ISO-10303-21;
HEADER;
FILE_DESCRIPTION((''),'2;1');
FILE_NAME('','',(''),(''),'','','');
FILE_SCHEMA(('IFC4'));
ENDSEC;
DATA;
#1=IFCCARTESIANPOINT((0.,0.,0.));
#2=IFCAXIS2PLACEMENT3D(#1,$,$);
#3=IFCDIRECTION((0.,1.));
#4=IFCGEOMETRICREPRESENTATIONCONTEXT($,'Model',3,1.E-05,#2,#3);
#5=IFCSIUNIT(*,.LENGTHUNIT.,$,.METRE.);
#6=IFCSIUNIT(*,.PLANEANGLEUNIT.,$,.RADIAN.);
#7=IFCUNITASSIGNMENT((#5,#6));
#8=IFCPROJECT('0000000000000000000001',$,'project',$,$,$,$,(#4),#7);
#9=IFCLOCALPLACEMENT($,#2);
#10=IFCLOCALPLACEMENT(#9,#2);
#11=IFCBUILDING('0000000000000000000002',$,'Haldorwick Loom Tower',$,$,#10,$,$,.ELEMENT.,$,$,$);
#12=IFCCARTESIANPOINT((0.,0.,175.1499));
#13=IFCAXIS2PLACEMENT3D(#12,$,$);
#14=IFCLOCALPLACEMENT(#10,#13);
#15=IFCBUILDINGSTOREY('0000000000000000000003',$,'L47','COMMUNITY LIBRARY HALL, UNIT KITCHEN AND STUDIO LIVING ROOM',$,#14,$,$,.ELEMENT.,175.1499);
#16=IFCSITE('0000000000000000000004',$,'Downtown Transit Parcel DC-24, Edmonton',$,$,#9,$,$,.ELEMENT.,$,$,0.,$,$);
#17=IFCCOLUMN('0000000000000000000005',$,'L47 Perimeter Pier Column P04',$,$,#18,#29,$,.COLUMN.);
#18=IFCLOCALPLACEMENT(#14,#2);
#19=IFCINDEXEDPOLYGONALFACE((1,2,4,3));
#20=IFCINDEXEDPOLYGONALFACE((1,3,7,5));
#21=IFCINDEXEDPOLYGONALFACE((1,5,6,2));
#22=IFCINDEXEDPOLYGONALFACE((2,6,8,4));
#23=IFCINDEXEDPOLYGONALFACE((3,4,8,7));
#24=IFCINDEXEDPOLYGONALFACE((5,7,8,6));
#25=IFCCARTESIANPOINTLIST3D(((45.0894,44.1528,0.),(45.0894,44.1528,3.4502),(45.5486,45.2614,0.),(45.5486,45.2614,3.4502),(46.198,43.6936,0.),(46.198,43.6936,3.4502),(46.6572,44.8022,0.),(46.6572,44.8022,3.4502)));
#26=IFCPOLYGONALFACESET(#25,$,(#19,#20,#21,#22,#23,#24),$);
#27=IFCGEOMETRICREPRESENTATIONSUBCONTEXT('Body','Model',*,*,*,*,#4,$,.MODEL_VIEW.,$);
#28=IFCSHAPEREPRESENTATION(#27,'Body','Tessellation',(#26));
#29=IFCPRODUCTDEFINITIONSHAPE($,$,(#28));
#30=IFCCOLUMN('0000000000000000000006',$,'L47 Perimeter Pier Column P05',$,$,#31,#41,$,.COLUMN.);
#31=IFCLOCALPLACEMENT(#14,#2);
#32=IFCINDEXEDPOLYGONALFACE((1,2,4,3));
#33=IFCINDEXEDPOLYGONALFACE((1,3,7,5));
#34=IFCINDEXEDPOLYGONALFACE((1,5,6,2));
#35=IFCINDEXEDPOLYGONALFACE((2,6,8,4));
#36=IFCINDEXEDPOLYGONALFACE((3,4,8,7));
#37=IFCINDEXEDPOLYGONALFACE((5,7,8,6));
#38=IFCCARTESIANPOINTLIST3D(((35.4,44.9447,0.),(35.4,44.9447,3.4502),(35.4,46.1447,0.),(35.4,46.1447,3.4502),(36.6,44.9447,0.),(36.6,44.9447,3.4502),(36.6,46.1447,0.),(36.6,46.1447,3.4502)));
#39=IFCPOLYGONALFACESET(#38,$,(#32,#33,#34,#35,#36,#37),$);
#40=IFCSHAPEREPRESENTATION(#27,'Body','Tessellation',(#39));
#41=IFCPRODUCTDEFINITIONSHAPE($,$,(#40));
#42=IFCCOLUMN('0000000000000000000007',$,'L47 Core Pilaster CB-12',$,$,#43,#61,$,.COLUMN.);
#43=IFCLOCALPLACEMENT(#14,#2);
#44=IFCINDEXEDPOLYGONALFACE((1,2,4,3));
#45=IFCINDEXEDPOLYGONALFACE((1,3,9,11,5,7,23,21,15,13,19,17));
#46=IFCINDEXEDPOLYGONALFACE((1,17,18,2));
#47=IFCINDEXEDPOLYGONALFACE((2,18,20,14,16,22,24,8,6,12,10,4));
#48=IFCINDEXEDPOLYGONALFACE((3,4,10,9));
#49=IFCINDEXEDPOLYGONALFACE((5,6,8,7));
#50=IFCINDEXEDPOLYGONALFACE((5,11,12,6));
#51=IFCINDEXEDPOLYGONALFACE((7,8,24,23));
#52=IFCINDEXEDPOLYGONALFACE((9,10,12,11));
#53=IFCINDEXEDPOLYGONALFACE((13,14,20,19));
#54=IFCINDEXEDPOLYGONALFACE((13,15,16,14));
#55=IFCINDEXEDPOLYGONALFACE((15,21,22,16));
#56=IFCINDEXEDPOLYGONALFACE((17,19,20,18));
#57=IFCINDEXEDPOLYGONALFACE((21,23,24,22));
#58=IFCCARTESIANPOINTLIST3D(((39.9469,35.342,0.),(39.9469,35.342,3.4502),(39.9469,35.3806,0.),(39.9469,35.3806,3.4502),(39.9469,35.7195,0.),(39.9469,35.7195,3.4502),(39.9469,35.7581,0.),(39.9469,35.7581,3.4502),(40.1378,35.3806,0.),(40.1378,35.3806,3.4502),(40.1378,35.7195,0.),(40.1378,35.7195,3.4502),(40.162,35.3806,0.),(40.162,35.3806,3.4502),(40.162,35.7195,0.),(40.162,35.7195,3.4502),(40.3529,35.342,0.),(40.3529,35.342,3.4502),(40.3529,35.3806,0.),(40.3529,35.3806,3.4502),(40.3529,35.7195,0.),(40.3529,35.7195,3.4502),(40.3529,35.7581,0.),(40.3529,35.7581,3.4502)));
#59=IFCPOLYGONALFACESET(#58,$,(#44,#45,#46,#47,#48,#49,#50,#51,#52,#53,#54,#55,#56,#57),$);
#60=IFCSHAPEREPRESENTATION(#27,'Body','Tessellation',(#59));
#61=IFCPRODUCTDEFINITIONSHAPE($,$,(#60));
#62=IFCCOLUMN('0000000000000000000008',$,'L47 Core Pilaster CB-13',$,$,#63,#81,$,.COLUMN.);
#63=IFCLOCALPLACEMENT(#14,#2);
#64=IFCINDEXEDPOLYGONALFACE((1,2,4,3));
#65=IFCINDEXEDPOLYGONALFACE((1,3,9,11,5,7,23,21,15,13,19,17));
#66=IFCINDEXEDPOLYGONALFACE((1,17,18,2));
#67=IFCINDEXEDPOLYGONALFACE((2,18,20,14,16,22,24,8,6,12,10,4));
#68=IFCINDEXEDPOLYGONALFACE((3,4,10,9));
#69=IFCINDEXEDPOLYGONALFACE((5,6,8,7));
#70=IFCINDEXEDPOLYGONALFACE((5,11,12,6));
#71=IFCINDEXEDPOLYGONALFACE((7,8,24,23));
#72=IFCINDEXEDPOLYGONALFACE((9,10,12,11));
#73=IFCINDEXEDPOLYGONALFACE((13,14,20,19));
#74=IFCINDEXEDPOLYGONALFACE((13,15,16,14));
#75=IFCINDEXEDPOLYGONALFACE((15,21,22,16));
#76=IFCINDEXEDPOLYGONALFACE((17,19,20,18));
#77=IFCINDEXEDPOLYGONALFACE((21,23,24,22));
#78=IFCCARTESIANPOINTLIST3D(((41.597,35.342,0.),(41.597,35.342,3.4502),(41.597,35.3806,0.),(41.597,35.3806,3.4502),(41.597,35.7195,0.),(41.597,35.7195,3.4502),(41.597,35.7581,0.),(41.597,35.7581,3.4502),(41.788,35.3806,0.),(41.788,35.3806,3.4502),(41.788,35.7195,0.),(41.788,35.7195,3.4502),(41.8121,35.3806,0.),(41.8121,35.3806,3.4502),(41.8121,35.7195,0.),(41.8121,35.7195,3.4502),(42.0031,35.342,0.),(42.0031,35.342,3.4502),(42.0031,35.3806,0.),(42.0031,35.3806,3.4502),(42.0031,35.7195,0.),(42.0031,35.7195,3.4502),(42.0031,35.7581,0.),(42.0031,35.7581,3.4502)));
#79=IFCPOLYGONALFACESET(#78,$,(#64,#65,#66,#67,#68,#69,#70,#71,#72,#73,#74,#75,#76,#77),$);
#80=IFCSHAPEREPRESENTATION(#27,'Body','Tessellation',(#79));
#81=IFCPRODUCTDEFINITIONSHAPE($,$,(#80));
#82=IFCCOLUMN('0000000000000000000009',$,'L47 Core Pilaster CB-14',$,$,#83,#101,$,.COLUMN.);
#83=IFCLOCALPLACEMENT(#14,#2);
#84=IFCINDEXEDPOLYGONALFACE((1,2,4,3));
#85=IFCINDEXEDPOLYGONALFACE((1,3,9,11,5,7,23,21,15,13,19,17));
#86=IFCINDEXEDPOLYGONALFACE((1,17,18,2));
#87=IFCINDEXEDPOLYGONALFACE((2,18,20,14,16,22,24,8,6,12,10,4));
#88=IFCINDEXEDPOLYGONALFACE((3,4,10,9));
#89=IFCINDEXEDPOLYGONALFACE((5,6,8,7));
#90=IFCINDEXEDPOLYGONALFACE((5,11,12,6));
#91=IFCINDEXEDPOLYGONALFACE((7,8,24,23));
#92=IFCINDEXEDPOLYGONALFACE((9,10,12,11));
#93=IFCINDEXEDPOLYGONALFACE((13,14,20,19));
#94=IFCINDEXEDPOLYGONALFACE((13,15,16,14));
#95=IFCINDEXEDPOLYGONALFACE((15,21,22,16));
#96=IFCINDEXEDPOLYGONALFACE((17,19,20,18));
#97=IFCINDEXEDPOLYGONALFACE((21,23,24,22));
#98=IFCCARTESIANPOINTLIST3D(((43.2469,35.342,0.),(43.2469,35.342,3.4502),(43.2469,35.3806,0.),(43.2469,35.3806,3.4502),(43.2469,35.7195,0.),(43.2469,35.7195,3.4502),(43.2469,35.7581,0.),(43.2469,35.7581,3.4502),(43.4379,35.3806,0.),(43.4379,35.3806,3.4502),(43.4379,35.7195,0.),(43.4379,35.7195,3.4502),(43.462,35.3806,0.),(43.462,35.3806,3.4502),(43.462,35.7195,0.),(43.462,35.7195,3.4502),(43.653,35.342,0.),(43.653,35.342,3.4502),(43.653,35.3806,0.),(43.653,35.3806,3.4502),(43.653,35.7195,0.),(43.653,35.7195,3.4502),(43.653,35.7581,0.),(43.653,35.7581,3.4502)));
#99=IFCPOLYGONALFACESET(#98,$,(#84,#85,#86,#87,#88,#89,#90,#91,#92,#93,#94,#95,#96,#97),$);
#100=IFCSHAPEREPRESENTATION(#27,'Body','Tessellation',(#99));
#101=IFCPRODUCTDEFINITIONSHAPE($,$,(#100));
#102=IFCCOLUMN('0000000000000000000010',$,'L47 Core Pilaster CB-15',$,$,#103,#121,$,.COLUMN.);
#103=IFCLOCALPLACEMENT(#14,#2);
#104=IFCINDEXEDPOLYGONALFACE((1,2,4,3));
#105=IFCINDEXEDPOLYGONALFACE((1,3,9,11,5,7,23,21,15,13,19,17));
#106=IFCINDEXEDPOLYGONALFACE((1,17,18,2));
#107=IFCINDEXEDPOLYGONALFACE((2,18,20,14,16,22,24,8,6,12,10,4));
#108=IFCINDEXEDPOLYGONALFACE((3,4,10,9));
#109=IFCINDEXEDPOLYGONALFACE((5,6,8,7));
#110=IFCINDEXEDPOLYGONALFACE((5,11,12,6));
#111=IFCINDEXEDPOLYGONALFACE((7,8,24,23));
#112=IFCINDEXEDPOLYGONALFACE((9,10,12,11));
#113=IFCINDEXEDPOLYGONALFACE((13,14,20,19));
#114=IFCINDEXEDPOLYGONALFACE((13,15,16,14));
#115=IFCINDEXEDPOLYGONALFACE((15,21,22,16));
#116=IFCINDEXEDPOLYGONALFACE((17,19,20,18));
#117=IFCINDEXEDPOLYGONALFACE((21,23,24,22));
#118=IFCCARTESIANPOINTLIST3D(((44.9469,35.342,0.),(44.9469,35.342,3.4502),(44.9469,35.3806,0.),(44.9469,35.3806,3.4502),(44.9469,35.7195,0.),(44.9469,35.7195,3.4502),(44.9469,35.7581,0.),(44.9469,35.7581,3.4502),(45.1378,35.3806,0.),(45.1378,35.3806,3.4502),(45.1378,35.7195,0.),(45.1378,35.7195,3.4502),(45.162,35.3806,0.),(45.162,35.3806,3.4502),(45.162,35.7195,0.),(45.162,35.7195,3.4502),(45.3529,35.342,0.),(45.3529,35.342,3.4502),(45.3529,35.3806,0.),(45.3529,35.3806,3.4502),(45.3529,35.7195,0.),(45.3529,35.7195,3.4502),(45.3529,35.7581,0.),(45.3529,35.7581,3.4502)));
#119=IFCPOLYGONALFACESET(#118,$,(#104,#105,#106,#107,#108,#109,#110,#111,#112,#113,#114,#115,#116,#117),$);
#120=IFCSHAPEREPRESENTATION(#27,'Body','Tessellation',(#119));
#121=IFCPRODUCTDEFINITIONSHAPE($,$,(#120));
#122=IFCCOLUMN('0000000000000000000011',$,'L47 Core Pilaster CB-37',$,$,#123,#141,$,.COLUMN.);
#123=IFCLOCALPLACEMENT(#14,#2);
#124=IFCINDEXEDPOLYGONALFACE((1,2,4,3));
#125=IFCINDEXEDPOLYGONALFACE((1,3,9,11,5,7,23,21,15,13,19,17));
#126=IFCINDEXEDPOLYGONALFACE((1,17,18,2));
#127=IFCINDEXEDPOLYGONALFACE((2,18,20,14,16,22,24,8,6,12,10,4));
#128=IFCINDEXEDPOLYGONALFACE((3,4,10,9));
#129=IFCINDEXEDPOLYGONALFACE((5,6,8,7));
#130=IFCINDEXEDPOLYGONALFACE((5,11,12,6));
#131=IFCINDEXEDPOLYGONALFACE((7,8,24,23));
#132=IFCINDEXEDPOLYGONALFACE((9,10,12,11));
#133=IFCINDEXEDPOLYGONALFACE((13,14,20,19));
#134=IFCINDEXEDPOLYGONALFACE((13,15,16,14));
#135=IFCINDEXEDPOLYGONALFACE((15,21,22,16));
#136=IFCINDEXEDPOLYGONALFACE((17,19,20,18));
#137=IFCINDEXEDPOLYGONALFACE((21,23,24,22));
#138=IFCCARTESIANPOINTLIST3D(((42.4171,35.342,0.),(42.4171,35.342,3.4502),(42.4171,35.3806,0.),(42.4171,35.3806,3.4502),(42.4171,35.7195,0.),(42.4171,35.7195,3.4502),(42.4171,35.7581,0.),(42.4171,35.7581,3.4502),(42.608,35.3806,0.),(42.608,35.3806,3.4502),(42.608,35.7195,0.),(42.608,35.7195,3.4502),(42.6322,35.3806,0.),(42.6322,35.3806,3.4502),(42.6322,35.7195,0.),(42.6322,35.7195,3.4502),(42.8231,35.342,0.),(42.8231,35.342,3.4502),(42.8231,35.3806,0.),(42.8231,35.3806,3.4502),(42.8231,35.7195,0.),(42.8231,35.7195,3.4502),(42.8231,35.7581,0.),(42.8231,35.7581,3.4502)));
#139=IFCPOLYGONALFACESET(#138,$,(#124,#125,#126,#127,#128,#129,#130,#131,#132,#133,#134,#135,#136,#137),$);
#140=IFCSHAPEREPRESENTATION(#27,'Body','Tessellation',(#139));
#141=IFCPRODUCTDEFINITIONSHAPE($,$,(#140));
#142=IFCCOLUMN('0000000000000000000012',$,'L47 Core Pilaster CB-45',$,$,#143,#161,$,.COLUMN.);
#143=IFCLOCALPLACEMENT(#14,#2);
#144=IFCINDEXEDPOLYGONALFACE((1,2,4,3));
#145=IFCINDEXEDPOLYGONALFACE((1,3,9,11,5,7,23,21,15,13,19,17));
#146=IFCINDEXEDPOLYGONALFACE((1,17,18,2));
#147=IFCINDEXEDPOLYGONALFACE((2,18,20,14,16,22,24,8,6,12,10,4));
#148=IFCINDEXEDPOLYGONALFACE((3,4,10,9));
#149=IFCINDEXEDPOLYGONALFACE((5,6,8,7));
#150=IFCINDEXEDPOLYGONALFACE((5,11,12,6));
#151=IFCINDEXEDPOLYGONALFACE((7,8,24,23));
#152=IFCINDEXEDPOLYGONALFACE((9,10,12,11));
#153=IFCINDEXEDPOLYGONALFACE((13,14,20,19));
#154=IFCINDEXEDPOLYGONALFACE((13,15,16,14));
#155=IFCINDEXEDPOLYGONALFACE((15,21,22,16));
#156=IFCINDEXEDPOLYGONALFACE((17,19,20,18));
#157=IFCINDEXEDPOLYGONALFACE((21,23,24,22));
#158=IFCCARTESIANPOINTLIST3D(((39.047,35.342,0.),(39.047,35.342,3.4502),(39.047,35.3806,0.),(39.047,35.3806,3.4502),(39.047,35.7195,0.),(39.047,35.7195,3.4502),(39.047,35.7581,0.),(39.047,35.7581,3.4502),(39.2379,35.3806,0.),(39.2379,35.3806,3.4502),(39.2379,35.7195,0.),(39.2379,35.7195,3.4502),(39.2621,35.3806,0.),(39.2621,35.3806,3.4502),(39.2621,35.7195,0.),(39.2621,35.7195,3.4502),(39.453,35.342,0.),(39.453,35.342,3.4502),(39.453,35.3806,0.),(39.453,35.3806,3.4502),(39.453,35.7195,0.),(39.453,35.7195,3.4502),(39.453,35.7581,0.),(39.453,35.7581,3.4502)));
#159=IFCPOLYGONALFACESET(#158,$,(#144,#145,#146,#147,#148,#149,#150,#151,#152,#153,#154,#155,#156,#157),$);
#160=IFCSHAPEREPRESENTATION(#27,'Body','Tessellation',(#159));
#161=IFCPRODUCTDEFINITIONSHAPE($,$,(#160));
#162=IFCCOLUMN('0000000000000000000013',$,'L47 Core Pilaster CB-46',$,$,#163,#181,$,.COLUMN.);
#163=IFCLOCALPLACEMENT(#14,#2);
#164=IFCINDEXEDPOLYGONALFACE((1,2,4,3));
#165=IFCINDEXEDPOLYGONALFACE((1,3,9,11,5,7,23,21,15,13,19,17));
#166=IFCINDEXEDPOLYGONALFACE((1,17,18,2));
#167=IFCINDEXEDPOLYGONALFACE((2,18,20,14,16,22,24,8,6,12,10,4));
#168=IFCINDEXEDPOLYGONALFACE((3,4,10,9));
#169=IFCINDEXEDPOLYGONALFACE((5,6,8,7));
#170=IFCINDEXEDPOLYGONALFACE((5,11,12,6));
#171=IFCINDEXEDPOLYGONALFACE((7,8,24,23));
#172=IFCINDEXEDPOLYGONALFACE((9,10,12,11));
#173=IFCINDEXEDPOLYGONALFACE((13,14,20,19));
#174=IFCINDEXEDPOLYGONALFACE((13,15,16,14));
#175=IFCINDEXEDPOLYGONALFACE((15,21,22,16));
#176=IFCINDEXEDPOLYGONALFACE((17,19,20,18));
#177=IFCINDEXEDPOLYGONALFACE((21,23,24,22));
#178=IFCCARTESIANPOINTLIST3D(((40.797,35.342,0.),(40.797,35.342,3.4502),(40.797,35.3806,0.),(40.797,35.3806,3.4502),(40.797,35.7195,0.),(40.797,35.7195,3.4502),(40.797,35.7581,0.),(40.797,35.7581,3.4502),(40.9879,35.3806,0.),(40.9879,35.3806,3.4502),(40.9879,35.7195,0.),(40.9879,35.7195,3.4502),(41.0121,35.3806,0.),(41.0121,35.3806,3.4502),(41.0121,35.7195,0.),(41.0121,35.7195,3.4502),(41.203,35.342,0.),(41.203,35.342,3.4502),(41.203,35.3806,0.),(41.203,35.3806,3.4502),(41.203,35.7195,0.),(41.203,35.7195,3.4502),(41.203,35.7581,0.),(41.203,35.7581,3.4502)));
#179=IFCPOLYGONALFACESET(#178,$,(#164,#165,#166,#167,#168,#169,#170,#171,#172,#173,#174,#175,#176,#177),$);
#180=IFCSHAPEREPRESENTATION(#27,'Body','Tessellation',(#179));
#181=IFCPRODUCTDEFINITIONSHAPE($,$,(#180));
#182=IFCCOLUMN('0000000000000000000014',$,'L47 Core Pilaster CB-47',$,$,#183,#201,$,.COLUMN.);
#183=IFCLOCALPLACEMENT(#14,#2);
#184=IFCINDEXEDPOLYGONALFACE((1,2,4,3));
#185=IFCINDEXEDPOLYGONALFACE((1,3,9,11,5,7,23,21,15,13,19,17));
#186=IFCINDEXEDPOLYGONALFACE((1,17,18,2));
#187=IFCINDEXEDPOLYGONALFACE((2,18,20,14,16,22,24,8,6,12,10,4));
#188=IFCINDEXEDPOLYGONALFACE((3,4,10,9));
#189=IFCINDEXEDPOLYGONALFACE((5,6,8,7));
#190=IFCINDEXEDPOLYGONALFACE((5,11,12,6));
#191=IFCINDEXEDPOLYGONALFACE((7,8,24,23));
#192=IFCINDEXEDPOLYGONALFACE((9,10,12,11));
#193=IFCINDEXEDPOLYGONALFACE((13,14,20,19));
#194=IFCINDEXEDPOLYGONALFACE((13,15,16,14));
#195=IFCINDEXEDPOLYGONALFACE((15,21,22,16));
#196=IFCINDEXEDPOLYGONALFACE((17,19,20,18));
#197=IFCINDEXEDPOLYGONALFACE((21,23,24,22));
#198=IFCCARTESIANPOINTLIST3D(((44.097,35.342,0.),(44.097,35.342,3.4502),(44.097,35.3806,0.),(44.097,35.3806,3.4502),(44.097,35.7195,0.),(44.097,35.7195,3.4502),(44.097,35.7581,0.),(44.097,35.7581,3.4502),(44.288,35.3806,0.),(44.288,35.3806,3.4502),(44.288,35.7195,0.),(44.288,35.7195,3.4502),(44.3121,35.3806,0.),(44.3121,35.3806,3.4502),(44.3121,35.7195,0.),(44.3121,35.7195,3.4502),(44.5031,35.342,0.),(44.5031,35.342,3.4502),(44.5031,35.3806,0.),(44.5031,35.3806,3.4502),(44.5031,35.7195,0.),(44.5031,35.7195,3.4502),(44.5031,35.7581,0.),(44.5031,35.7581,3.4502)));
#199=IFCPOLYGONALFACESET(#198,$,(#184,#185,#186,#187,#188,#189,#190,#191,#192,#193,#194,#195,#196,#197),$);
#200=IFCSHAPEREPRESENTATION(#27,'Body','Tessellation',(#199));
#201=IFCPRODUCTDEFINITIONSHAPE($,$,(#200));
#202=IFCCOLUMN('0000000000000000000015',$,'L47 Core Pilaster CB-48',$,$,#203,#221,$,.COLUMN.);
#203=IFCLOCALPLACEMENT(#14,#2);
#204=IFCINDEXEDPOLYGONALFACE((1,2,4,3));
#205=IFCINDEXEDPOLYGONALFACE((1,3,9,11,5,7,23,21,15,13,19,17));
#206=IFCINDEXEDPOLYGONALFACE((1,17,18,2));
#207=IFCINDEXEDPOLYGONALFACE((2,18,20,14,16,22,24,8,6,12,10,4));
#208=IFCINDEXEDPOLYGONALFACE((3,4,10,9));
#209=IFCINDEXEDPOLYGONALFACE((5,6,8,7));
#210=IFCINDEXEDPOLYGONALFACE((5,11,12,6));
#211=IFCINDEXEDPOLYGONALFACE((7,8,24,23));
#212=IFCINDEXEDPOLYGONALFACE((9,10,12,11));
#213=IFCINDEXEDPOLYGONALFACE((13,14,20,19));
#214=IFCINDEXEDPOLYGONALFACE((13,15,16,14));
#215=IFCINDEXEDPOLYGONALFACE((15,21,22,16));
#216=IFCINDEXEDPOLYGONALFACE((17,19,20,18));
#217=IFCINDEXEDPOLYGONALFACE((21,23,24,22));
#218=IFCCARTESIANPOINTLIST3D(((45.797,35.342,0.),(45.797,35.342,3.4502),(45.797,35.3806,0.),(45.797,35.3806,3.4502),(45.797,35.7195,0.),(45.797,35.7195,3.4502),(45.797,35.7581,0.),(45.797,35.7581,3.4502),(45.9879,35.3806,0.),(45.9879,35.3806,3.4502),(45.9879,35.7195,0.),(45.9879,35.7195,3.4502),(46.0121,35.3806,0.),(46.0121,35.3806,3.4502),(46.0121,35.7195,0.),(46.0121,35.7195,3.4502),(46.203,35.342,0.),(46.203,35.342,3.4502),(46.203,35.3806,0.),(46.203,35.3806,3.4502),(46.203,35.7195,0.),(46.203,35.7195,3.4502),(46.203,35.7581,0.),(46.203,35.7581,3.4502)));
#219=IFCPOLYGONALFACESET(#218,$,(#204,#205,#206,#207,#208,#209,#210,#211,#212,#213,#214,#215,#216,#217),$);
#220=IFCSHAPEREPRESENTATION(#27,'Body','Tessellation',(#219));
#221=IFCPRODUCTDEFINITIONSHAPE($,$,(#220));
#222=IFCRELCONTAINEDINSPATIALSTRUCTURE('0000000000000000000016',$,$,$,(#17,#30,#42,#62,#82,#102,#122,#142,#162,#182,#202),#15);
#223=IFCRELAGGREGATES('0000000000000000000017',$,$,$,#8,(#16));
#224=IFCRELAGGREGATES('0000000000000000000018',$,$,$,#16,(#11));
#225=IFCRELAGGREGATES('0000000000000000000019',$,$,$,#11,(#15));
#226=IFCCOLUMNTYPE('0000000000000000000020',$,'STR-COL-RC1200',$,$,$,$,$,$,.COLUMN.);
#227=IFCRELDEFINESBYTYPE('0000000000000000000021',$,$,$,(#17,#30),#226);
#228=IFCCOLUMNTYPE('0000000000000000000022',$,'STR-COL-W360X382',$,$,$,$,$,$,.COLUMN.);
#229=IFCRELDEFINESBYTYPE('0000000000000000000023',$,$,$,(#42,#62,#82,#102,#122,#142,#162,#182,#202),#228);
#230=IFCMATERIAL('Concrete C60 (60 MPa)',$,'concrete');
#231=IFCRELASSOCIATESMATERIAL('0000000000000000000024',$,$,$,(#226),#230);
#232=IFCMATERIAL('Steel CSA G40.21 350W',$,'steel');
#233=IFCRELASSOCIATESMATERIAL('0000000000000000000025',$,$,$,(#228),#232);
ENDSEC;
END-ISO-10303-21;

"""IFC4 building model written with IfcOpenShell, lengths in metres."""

from ifc_helpers import new_model, si_unit, direction, frame, origin, origin_2d, place, context, subcontext, project, spatial, rectangle, i_section, extrude, material, material_profile, profile_set, type_object, element, save


model = new_model("IFC4")

# Units and contexts
model_context = context("Model", 3, precision=1e-05, world=origin(), true_north=direction((0.0, 1.0)))
body_context = subcontext(model_context, "Body", "Model", "MODEL_VIEW")
ifc_project = project(units=[si_unit("LENGTHUNIT", "METRE"), si_unit("PLANEANGLEUNIT", "RADIAN")], contexts=[model_context])

# Site, building, storey
site_placement = place(None, origin())
site = spatial("IfcSite", under=ifc_project, at=site_placement, Name="Downtown Transit Parcel DC-24, Edmonton", CompositionType="ELEMENT", RefElevation=0.0)
building_placement = place(site_placement, origin())
building = spatial("IfcBuilding", under=site, at=building_placement, Name="Haldorwick Loom Tower", CompositionType="ELEMENT")
storey_placement = place(building_placement, frame((0.0, 0.0, 175.1499)))
storey = spatial("IfcBuildingStorey", under=building, at=storey_placement, Name="L47", Description="COMMUNITY LIBRARY HALL, UNIT KITCHEN AND STUDIO LIVING ROOM", CompositionType="ELEMENT", Elevation=175.1499)

# Columns
ifc_material_1 = material(Name="Concrete C60 (60 MPa)", Category="concrete")
ifc_material_profile_1 = material_profile(ifc_material_1, rectangle(XDim=1.2, YDim=1.2, at=origin_2d()), Name="RC1200X1200", Category="concrete")
ifc_profile_set_1 = profile_set([ifc_material_profile_1], Name="Concrete C60 (60 MPa)")
column_type_1 = type_object("IfcColumnType", Name="STR-COL-RC1200", PredefinedType="COLUMN", material=ifc_profile_set_1)
for number, where, z_axis, x_axis, name in (
    (1, (45.8733, 44.4775, 0.0), (0.0, 0.0, 1.0), (0.382683, 0.92388, 0.0), "L47 Perimeter Pier Column P04"),
    (2, (36.0, 45.5447, 0.0), (0.0, 0.0, 1.0), (0.0, 1.0, 0.0), "L47 Perimeter Pier Column P05"),
):
    element("IfcColumn", number, at=place(storey_placement, frame(where, z_axis=z_axis, x_axis=x_axis)), inside=storey, type_object=column_type_1, Name=name, PredefinedType="COLUMN", context=body_context, shape_type="SweptSolid", body=[
        extrude(rectangle(XDim=1.2, YDim=1.2, at=origin_2d()), origin(), (0.0, 0.0, 1.0), 3.4502),
    ])
ifc_material_2 = material(Name="Steel CSA G40.21 350W", Category="steel")
ifc_material_profile_2 = material_profile(ifc_material_2, i_section(OverallWidth=0.406, OverallDepth=0.416, WebThickness=0.0242, FlangeThickness=0.0386, at=origin_2d()), Name="W360X382", Category="steel")
ifc_profile_set_2 = profile_set([ifc_material_profile_2], Name="Steel CSA G40.21 350W")
column_type_2 = type_object("IfcColumnType", Name="STR-COL-W360X382", PredefinedType="COLUMN", material=ifc_profile_set_2)
for number, where, z_axis, x_axis, name in (
    (3, (40.1499, 35.55, 0.0), (0.0, 0.0, 1.0), (1.0, 0.0, 0.0), "L47 Core Pilaster CB-12"),
    (4, (41.8, 35.55, 0.0), (0.0, 0.0, 1.0), (1.0, 0.0, 0.0), "L47 Core Pilaster CB-13"),
    (5, (43.45, 35.55, 0.0), (0.0, 0.0, 1.0), (1.0, 0.0, 0.0), "L47 Core Pilaster CB-14"),
    (6, (45.1499, 35.55, 0.0), (0.0, 0.0, 1.0), (1.0, 0.0, 0.0), "L47 Core Pilaster CB-15"),
    (7, (42.6201, 35.55, 0.0), (0.0, 0.0, 1.0), (1.0, 0.0, 0.0), "L47 Core Pilaster CB-37"),
    (8, (39.25, 35.55, 0.0), (0.0, 0.0, 1.0), (1.0, 0.0, 0.0), "L47 Core Pilaster CB-45"),
    (9, (41.0, 35.55, 0.0), (0.0, 0.0, 1.0), (1.0, 0.0, 0.0), "L47 Core Pilaster CB-46"),
    (10, (44.3, 35.55, 0.0), (0.0, 0.0, 1.0), (1.0, 0.0, 0.0), "L47 Core Pilaster CB-47"),
    (11, (46.0, 35.55, 0.0), (0.0, 0.0, 1.0), (1.0, 0.0, 0.0), "L47 Core Pilaster CB-48"),
):
    element("IfcColumn", number, at=place(storey_placement, frame(where, z_axis=z_axis, x_axis=x_axis)), inside=storey, type_object=column_type_2, Name=name, PredefinedType="COLUMN", context=body_context, shape_type="SweptSolid", body=[
        extrude(i_section(OverallWidth=0.406, OverallDepth=0.416, WebThickness=0.0242, FlangeThickness=0.0386, at=origin_2d()), origin(), (0.0, 0.0, 1.0), 3.4502),
    ])

save(model, "model.ifc")
